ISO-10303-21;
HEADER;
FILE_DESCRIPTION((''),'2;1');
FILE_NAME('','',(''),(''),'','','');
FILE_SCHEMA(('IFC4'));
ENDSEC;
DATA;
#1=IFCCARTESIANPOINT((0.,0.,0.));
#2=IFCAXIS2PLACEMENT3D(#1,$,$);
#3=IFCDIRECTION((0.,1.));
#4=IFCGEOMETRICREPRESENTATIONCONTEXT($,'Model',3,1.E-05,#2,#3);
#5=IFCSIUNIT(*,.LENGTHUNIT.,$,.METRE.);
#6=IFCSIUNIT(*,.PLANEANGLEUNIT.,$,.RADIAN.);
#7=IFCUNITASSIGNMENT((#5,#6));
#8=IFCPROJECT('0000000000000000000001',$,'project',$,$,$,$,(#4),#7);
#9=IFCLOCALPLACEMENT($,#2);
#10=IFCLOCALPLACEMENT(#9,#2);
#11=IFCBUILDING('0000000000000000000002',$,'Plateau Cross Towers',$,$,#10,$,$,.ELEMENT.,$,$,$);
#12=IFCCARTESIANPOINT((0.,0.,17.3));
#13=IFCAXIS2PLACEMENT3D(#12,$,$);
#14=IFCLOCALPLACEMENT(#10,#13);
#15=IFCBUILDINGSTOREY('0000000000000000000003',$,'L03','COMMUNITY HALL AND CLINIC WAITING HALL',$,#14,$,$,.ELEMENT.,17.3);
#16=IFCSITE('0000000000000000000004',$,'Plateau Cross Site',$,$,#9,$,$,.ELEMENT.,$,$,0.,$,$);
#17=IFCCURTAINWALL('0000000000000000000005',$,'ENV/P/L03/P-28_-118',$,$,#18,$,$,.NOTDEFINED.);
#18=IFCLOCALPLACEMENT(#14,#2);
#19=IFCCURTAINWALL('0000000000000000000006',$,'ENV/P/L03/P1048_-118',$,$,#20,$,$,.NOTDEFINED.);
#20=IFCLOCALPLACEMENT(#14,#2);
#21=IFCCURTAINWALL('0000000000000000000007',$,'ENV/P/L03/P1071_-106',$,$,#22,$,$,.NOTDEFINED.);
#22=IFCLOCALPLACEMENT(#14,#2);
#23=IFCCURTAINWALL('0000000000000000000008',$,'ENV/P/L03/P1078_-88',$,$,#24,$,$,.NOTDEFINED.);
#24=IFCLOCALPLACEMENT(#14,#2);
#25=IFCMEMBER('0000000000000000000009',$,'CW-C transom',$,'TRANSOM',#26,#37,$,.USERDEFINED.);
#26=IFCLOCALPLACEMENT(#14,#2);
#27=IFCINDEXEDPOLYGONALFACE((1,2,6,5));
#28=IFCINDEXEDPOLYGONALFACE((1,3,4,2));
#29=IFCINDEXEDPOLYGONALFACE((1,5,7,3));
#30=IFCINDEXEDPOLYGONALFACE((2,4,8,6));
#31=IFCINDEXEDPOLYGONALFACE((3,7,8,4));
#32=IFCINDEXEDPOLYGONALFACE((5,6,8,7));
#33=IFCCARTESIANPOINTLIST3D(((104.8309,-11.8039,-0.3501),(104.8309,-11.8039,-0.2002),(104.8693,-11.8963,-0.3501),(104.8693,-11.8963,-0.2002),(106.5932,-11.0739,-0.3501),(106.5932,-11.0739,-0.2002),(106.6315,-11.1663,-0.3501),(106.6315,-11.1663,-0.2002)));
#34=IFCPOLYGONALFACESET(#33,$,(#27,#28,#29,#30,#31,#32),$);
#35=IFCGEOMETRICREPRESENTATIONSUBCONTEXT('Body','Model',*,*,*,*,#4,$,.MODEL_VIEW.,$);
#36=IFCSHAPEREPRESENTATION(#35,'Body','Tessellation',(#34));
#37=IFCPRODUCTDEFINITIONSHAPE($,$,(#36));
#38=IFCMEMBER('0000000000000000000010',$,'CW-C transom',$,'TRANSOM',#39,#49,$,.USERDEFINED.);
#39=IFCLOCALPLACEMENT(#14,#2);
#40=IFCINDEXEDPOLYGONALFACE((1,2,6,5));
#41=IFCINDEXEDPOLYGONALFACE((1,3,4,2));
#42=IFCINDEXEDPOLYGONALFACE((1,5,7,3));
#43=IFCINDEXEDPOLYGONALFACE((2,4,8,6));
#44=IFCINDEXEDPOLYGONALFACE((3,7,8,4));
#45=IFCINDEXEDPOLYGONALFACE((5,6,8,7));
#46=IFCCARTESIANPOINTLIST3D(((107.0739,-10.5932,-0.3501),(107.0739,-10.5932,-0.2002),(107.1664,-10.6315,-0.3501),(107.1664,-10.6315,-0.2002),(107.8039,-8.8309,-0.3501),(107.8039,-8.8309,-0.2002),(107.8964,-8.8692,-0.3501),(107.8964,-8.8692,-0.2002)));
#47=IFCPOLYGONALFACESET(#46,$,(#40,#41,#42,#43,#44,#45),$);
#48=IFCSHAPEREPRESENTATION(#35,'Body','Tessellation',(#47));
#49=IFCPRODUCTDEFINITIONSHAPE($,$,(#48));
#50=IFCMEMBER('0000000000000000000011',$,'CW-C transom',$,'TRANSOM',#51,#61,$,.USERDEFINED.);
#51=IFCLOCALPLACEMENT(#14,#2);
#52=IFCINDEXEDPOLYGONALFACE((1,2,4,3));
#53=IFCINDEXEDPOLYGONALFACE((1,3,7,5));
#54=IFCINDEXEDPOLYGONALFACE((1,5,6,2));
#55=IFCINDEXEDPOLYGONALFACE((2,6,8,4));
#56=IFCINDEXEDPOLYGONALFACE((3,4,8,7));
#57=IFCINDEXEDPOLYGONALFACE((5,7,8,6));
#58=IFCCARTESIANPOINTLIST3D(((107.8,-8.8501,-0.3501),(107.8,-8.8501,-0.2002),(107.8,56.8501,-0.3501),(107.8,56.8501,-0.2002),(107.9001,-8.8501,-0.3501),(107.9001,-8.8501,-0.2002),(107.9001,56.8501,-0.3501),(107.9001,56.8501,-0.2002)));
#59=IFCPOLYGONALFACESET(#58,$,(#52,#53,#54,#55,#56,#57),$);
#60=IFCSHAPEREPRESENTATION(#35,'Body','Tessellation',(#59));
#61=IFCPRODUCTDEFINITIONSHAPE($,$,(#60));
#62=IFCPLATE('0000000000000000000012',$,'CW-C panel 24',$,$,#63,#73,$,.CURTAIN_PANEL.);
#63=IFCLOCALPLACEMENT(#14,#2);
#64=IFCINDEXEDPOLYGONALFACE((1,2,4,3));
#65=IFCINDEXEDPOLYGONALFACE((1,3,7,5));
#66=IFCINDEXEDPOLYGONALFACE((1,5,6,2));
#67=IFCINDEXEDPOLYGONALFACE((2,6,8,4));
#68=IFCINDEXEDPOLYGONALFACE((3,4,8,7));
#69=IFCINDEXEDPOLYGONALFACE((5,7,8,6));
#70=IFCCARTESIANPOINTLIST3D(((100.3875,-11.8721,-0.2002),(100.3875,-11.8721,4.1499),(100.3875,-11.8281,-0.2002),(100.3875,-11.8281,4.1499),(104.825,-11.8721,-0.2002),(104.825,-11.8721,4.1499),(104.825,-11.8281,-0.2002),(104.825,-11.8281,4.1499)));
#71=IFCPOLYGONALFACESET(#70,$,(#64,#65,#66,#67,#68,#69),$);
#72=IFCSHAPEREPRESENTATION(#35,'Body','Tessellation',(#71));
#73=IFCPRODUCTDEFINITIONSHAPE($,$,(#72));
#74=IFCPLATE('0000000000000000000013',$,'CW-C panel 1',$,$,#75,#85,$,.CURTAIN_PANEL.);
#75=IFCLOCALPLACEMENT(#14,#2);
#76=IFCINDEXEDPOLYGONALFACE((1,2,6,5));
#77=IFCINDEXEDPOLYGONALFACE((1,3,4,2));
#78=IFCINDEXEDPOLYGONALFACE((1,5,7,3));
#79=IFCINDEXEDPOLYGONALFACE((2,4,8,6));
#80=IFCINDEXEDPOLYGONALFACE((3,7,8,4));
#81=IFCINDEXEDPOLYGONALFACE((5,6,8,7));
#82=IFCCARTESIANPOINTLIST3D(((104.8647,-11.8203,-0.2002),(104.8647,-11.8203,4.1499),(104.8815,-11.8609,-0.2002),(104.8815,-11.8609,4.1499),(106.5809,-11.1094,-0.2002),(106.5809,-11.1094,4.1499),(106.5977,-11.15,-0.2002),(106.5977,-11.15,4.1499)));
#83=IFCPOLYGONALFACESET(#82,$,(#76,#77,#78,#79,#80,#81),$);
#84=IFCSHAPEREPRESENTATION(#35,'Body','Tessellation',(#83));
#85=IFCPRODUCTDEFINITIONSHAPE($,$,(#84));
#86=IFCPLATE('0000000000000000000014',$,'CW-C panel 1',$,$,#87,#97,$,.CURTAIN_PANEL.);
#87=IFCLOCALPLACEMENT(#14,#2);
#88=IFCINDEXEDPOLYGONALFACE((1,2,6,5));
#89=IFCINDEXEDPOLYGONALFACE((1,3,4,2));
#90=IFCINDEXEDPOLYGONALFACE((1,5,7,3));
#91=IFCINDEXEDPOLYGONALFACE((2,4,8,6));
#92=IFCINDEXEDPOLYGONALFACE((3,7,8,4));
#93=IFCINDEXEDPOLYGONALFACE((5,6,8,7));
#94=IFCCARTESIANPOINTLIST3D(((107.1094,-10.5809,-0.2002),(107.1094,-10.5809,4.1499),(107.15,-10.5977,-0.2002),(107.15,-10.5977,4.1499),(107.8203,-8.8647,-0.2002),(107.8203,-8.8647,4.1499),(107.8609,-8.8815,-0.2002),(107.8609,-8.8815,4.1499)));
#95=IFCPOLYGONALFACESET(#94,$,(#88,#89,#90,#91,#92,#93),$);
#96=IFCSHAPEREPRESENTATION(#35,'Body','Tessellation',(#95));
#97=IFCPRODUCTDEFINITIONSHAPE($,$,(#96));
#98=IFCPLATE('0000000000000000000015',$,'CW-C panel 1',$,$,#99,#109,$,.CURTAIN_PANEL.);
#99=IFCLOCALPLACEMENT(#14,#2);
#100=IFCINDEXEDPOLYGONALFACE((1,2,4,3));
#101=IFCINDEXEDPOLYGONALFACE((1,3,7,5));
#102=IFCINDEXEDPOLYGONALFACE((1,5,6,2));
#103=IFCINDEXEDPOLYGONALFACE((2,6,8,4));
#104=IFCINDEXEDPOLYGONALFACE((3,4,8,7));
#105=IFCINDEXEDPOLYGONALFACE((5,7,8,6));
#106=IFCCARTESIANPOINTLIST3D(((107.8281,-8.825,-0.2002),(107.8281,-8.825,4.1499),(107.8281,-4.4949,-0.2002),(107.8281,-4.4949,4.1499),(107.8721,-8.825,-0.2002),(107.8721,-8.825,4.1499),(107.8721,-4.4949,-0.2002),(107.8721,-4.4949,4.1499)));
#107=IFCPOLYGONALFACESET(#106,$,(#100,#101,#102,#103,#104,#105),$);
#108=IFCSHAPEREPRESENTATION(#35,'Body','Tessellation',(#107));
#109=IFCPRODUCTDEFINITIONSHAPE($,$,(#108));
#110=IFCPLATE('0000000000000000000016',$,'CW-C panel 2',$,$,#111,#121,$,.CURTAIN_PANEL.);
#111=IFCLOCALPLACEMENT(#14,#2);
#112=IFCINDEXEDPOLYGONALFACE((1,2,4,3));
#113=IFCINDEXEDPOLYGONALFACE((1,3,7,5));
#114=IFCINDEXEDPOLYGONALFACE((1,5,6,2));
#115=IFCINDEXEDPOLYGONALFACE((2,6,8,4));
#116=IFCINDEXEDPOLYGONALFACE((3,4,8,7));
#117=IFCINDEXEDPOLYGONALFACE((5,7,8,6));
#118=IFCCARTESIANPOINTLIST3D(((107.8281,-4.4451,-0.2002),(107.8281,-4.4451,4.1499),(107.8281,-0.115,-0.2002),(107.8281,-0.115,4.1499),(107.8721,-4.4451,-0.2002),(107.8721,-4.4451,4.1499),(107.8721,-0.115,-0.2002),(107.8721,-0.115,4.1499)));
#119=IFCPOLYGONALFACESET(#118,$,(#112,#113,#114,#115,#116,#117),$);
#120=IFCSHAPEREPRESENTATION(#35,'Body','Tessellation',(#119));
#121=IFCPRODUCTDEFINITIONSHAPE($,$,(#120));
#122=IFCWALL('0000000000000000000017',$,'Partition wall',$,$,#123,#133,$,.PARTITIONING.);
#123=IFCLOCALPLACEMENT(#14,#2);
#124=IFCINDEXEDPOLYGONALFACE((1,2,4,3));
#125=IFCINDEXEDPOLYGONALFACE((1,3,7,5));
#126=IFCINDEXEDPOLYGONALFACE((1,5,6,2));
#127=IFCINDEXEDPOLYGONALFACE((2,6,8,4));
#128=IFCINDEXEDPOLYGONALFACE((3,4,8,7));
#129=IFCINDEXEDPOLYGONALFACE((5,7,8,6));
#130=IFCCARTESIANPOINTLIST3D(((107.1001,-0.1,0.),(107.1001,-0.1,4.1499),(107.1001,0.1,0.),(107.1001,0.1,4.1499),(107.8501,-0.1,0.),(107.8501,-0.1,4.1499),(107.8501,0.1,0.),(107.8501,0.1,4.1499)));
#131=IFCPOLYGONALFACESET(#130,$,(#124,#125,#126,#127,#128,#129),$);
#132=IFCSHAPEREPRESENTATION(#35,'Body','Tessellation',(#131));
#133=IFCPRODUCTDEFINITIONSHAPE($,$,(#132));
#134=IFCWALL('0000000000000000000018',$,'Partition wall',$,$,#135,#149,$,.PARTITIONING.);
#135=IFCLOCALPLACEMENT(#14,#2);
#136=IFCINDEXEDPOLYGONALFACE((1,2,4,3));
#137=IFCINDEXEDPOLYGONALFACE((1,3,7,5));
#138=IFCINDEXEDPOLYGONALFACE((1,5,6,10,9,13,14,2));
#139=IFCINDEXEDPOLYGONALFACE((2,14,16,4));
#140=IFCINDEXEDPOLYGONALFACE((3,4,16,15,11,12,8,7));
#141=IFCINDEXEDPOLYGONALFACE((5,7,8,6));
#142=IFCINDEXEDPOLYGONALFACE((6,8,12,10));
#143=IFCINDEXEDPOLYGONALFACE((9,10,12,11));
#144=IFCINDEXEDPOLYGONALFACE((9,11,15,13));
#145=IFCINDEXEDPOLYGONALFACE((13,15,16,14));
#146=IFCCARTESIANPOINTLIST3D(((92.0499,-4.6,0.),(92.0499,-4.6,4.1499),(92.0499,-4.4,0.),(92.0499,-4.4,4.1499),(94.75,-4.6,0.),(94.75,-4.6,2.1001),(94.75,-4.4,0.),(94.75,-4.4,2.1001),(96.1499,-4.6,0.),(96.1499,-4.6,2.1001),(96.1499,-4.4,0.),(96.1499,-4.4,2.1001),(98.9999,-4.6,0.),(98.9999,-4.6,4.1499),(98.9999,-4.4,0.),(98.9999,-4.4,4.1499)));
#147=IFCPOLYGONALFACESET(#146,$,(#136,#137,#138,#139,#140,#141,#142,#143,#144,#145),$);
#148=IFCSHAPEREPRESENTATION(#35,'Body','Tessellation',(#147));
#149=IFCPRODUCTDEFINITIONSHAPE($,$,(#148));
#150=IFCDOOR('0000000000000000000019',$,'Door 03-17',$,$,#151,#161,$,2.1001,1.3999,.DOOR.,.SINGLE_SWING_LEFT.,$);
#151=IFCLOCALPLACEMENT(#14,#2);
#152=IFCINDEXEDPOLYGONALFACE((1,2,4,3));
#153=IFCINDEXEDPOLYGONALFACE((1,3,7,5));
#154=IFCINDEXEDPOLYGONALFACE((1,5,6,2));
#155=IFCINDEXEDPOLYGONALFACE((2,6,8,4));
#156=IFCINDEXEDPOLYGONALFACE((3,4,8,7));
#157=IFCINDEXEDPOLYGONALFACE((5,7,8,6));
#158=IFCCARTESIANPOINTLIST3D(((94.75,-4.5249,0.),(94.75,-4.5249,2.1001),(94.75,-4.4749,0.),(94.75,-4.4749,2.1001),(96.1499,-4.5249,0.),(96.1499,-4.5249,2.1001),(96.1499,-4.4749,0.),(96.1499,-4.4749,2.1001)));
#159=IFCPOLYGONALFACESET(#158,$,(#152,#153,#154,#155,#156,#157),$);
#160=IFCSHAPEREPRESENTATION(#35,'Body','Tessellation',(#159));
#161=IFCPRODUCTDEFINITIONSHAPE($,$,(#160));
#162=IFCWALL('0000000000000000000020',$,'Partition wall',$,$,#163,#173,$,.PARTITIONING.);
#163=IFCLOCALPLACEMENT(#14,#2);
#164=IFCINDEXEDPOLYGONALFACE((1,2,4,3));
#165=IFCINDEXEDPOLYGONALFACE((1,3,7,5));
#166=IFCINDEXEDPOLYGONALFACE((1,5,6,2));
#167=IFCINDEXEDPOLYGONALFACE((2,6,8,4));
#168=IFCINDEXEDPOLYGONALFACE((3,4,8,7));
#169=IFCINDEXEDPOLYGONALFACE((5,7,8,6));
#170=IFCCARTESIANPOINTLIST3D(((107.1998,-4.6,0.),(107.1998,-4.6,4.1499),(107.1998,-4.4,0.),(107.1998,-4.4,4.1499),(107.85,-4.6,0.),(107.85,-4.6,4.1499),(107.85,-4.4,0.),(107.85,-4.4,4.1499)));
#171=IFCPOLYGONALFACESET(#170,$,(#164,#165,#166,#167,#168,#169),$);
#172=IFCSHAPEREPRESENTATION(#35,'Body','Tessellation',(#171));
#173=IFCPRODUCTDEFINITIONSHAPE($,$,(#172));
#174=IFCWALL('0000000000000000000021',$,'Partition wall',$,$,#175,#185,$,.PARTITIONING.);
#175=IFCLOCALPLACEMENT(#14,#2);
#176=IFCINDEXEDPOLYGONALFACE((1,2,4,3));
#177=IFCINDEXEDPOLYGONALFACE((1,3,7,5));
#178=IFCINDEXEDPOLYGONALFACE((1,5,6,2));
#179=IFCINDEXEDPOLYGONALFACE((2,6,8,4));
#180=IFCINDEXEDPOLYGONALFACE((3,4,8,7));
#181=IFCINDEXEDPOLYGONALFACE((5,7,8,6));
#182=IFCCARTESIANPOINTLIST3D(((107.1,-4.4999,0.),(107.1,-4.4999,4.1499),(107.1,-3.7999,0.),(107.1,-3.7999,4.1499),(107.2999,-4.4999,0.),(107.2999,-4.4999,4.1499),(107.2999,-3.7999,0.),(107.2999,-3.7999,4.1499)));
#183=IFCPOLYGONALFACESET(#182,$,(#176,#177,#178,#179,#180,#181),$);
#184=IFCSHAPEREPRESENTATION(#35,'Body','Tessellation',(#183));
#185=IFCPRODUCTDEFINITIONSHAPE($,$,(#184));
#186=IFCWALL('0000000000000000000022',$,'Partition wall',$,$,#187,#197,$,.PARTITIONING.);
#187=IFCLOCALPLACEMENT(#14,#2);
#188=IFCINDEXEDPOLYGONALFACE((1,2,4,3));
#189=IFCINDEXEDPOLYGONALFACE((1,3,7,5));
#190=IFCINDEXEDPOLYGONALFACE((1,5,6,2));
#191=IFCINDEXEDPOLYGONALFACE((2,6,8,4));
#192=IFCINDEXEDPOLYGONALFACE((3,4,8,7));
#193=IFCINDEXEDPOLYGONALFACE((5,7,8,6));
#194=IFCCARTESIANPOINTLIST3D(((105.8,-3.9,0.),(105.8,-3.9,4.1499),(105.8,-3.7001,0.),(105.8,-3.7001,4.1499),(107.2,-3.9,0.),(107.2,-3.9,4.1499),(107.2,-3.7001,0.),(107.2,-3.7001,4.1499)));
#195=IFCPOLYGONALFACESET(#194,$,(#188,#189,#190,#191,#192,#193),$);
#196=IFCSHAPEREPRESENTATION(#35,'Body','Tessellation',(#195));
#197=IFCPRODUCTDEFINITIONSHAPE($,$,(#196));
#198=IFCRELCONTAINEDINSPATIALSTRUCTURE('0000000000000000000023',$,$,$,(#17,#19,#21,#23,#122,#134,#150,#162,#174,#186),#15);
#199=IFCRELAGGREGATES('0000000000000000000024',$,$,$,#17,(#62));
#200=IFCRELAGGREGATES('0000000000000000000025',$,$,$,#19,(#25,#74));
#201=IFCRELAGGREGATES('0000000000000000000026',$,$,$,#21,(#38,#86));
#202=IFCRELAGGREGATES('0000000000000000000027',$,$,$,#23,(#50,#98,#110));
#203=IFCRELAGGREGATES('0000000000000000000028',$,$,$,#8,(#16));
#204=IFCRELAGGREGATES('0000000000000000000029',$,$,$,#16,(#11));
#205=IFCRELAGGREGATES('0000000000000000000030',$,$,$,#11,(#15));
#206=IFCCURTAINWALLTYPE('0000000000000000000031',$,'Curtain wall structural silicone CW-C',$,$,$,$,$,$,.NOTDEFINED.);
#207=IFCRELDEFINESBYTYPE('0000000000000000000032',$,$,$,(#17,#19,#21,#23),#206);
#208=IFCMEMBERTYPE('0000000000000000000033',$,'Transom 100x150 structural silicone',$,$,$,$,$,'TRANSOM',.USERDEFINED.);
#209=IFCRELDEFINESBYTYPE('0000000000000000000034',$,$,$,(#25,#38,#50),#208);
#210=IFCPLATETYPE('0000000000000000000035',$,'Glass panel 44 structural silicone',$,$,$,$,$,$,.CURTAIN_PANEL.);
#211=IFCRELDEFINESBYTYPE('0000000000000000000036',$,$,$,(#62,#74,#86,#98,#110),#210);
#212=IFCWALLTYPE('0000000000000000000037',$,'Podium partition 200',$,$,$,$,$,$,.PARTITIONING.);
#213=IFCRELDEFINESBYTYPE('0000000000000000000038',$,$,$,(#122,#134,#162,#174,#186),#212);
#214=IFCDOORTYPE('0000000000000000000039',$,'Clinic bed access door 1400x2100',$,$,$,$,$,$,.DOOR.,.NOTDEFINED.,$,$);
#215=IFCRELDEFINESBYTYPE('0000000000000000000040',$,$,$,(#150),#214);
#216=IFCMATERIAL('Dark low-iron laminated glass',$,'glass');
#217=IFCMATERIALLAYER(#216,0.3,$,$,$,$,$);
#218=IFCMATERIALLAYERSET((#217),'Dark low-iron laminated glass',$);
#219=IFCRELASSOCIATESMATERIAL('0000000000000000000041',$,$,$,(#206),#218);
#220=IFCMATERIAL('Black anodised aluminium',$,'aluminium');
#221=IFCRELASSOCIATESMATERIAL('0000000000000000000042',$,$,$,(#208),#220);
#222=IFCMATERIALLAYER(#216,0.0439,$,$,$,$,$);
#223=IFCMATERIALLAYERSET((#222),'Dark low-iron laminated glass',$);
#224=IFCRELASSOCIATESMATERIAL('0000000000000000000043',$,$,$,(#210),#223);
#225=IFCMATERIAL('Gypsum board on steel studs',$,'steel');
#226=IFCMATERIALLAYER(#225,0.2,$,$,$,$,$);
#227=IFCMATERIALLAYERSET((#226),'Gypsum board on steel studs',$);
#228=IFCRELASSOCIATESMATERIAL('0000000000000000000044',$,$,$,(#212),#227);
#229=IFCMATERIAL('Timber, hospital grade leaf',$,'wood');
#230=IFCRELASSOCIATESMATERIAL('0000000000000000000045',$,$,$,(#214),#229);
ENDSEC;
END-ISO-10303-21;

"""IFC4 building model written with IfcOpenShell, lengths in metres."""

from ifc_helpers import new_model, si_unit, direction, frame, frame_2d, origin, origin_2d, place, context, subcontext, project, spatial, rectangle, extrude, material, layer, layer_set, material_profile, profile_set, type_object, element, fill, aggregate, save


model = new_model("IFC4")

# Units and contexts
model_context = context("Model", 3, precision=1e-05, world=origin(), true_north=direction((0.0, 1.0)))
body_context = subcontext(model_context, "Body", "Model", "MODEL_VIEW")
ifc_project = project(units=[si_unit("LENGTHUNIT", "METRE"), si_unit("PLANEANGLEUNIT", "RADIAN")], contexts=[model_context])

# Site, building, storey
site_placement = place(None, origin())
site = spatial("IfcSite", under=ifc_project, at=site_placement, Name="Plateau Cross Site", CompositionType="ELEMENT", RefElevation=0.0)
building_placement = place(site_placement, origin())
building = spatial("IfcBuilding", under=site, at=building_placement, Name="Plateau Cross Towers", CompositionType="ELEMENT")
storey_placement = place(building_placement, frame((0.0, 0.0, 17.3)))
storey = spatial("IfcBuildingStorey", under=building, at=storey_placement, Name="L03", Description="COMMUNITY HALL AND CLINIC WAITING HALL", CompositionType="ELEMENT", Elevation=17.3)

# Curtain wall
ifc_material_1 = material(Name="Dark low-iron laminated glass", Category="glass")
ifc_layer_1 = layer(ifc_material_1, 0.3)
ifc_layer_set_1 = layer_set([ifc_layer_1], Name="Dark low-iron laminated glass")
curtain_wall_type = type_object("IfcCurtainWallType", Name="Curtain wall structural silicone CW-C", PredefinedType="NOTDEFINED", material=ifc_layer_set_1)
curtain_wall_1_placement = place(storey_placement, origin())
curtain_wall_1 = element("IfcCurtainWall", 1, at=curtain_wall_1_placement, inside=storey, type_object=curtain_wall_type, Name="ENV/P/L03/P-28_-118", PredefinedType="NOTDEFINED")
ifc_material_2 = material(Name="Black anodised aluminium", Category="aluminium")

# Curtain wall
curtain_wall_2_placement = place(storey_placement, origin())
curtain_wall_2 = element("IfcCurtainWall", 2, at=curtain_wall_2_placement, inside=storey, type_object=curtain_wall_type, Name="ENV/P/L03/P1048_-118", PredefinedType="NOTDEFINED")

# Curtain wall
curtain_wall_3_placement = place(storey_placement, origin())
curtain_wall_3 = element("IfcCurtainWall", 3, at=curtain_wall_3_placement, inside=storey, type_object=curtain_wall_type, Name="ENV/P/L03/P1071_-106", PredefinedType="NOTDEFINED")

# Curtain wall
curtain_wall_4_placement = place(storey_placement, origin())
curtain_wall_4 = element("IfcCurtainWall", 4, at=curtain_wall_4_placement, inside=storey, type_object=curtain_wall_type, Name="ENV/P/L03/P1078_-88", PredefinedType="NOTDEFINED")

# Members
ifc_material_profile_1 = material_profile(ifc_material_2, rectangle(XDim=0.1001, YDim=0.1499, at=origin_2d()), Name="TRANSOM 100x150")
ifc_profile_set_1 = profile_set([ifc_material_profile_1], Name="Black anodised aluminium")
member_type_1 = type_object("IfcMemberType", Name="Transom 100x150 structural silicone", ElementType="TRANSOM", PredefinedType="USERDEFINED", material=ifc_profile_set_1)
member_1_placement = place(storey_placement, frame((104.8501, -11.8501, -0.2751), z_axis=(0.92387, 0.382706, 0.0), x_axis=(-0.382706, 0.92387, 0.0)))
member_1 = element("IfcMember", 5, at=member_1_placement, type_object=member_type_1, Name="CW-C transom", ObjectType="TRANSOM", PredefinedType="USERDEFINED", context=body_context, shape_type="SweptSolid", body=[
    extrude(rectangle(XDim=0.1001, YDim=0.1499, at=origin_2d()), origin(), (0.0, 0.0, 1.0), 1.9075),
])
member_2_placement = place(storey_placement, frame((107.1201, -10.6123, -0.2751), z_axis=(0.382706, 0.92387, 0.0), x_axis=(-0.92387, 0.382706, 0.0)))
member_2 = element("IfcMember", 6, at=member_2_placement, type_object=member_type_1, Name="CW-C transom", ObjectType="TRANSOM", PredefinedType="USERDEFINED", context=body_context, shape_type="SweptSolid", body=[
    extrude(rectangle(XDim=0.1001, YDim=0.1499, at=origin_2d()), origin(), (0.0, 0.0, 1.0), 1.9075),
])
member_3_placement = place(storey_placement, frame((107.8501, -8.8501, -0.2751), z_axis=(0.0, 1.0, 0.0), x_axis=(-1.0, 0.0, 0.0)))
member_3 = element("IfcMember", 7, at=member_3_placement, type_object=member_type_1, Name="CW-C transom", ObjectType="TRANSOM", PredefinedType="USERDEFINED", context=body_context, shape_type="SweptSolid", body=[
    extrude(rectangle(XDim=0.1001, YDim=0.1499, at=origin_2d()), origin(), (0.0, 0.0, 1.0), 65.7002),
])

# Plates
ifc_layer_2 = layer(ifc_material_1, 0.0439)
ifc_layer_set_2 = layer_set([ifc_layer_2], Name="Dark low-iron laminated glass")
plate_type = type_object("IfcPlateType", Name="Glass panel 44 structural silicone", PredefinedType="CURTAIN_PANEL", material=ifc_layer_set_2)
plate_1_placement = place(storey_placement, frame((102.6062, -11.8501, -0.2002), z_axis=(0.0, 0.0, 1.0), x_axis=(1.0, 0.0, 0.0)))
plate_1 = element("IfcPlate", 8, at=plate_1_placement, type_object=plate_type, Name="CW-C panel 24", PredefinedType="CURTAIN_PANEL", context=body_context, shape_type="SweptSolid", body=[
    extrude(rectangle(XDim=4.4375, YDim=0.0439, at=origin_2d()), origin(), (0.0, 0.0, 1.0), 4.3501),
])
aggregate(curtain_wall_1, [plate_1])
plate_2_placement = place(storey_placement, frame((105.7312, -11.4851, -0.2002), z_axis=(0.0, 0.0, 1.0), x_axis=(0.923879, 0.382684, 0.0)))
plate_2 = element("IfcPlate", 9, at=plate_2_placement, type_object=plate_type, Name="CW-C panel 1", PredefinedType="CURTAIN_PANEL", context=body_context, shape_type="SweptSolid", body=[
    extrude(rectangle(XDim=1.8577, YDim=0.0439, at=origin_2d()), origin(), (0.0, 0.0, 1.0), 4.3501),
])
aggregate(curtain_wall_2, [member_1, plate_2])
plate_3_placement = place(storey_placement, frame((107.4851, -9.7312, -0.2002), z_axis=(0.0, 0.0, 1.0), x_axis=(0.382684, 0.923879, 0.0)))
plate_3 = element("IfcPlate", 10, at=plate_3_placement, type_object=plate_type, Name="CW-C panel 1", PredefinedType="CURTAIN_PANEL", context=body_context, shape_type="SweptSolid", body=[
    extrude(rectangle(XDim=1.8577, YDim=0.0439, at=origin_2d()), origin(), (0.0, 0.0, 1.0), 4.3501),
])
aggregate(curtain_wall_3, [member_2, plate_3])
plate_4_placement = place(storey_placement, frame((107.8501, -6.6599, -0.2002), z_axis=(0.0, 0.0, 1.0), x_axis=(0.0, 1.0, 0.0)))
plate_4 = element("IfcPlate", 11, at=plate_4_placement, type_object=plate_type, Name="CW-C panel 1", PredefinedType="CURTAIN_PANEL", context=body_context, shape_type="SweptSolid", body=[
    extrude(rectangle(XDim=4.3301, YDim=0.0439, at=origin_2d()), origin(), (0.0, 0.0, 1.0), 4.3501),
])
plate_5_placement = place(storey_placement, frame((107.8501, -2.28, -0.2002), z_axis=(0.0, 0.0, 1.0), x_axis=(0.0, 1.0, 0.0)))
plate_5 = element("IfcPlate", 12, at=plate_5_placement, type_object=plate_type, Name="CW-C panel 2", PredefinedType="CURTAIN_PANEL", context=body_context, shape_type="SweptSolid", body=[
    extrude(rectangle(XDim=4.3301, YDim=0.0439, at=origin_2d()), origin(), (0.0, 0.0, 1.0), 4.3501),
])
aggregate(curtain_wall_4, [member_3, plate_4, plate_5])

# Wall
ifc_material_3 = material(Name="Gypsum board on steel studs", Category="steel")
ifc_layer_3 = layer(ifc_material_3, 0.2)
ifc_layer_set_3 = layer_set([ifc_layer_3], Name="Gypsum board on steel studs")
wall_type = type_object("IfcWallType", Name="Podium partition 200", PredefinedType="PARTITIONING", material=ifc_layer_set_3)
wall_1_placement = place(storey_placement, frame((107.1001, 0.0, 0.0), z_axis=(0.0, 0.0, 1.0), x_axis=(1.0, 0.0, 0.0)))
element("IfcWall", 13, at=wall_1_placement, inside=storey, type_object=wall_type, Name="Partition wall", PredefinedType="PARTITIONING", context=body_context, shape_type="SweptSolid", body=[
    extrude(rectangle(XDim=0.75, YDim=0.2, at=frame_2d((0.375, 0.0))), origin(), (0.0, 0.0, 1.0), 4.1499),
])

# Wall, opening, door
wall_2_placement = place(storey_placement, frame((99.0, -4.5, 0.0), z_axis=(0.0, 0.0, 1.0), x_axis=(-1.0, 0.0, 0.0)))
wall_2 = element("IfcWall", 14, at=wall_2_placement, inside=storey, type_object=wall_type, Name="Partition wall", PredefinedType="PARTITIONING", context=body_context, shape_type="SweptSolid", body=[
    extrude(rectangle(XDim=6.95, YDim=0.2, at=frame_2d((3.4751, 0.0))), origin(), (0.0, 0.0, 1.0), 4.1499),
])
opening_1_placement = place(wall_2_placement, frame((2.8501, 0.0, 0.0)))
opening_1 = element("IfcOpeningElement", 15, at=opening_1_placement, cuts=wall_2, PredefinedType="OPENING", context=body_context, shape_type="SweptSolid", body=[
    extrude(rectangle(XDim=1.3999, YDim=2.1001, at=frame_2d((0.7, 1.05))), frame((0.0, 0.1099, 0.0), z_axis=(0.0, -1.0, 0.0), x_axis=(1.0, 0.0, 0.0)), (0.0, 0.0, 1.0), 0.22),
])
ifc_material_4 = material(Name="Timber, hospital grade leaf", Category="wood")
door_type_1 = type_object("IfcDoorType", Name="Clinic bed access door 1400x2100", OperationType="NOTDEFINED", PredefinedType="DOOR", material=ifc_material_4)
door_1_placement = place(opening_1_placement, origin())
door_1 = element("IfcDoor", 16, at=door_1_placement, inside=storey, type_object=door_type_1, Name="Door 03-17", OperationType="SINGLE_SWING_LEFT", OverallHeight=2.1001, OverallWidth=1.3999, PredefinedType="DOOR", context=body_context, shape_type="SweptSolid", body=[
    extrude(rectangle(XDim=1.3999, YDim=2.1001, at=frame_2d((0.7, 1.05))), frame((0.0, 0.0249, 0.0), z_axis=(0.0, -1.0, 0.0), x_axis=(1.0, 0.0, 0.0)), (0.0, 0.0, 1.0), 0.05),
])
fill(opening_1, door_1)

# Walls
wall_3_placement = place(storey_placement, frame((107.8501, -4.5, 0.0), z_axis=(0.0, 0.0, 1.0), x_axis=(-1.0, 0.0, 0.0)))
element("IfcWall", 17, at=wall_3_placement, inside=storey, type_object=wall_type, Name="Partition wall", PredefinedType="PARTITIONING", context=body_context, shape_type="SweptSolid", body=[
    extrude(rectangle(XDim=0.6501, YDim=0.2, at=frame_2d((0.3252, 0.0))), origin(), (0.0, 0.0, 1.0), 4.1499),
])
wall_4_placement = place(storey_placement, frame((107.2, -4.5, 0.0), z_axis=(0.0, 0.0, 1.0), x_axis=(0.0, 1.0, 0.0)))
element("IfcWall", 18, at=wall_4_placement, inside=storey, type_object=wall_type, Name="Partition wall", PredefinedType="PARTITIONING", context=body_context, shape_type="SweptSolid", body=[
    extrude(rectangle(XDim=0.7, YDim=0.2, at=frame_2d((0.3501, 0.0))), origin(), (0.0, 0.0, 1.0), 4.1499),
])
wall_5_placement = place(storey_placement, frame((107.2, -3.8, 0.0), z_axis=(0.0, 0.0, 1.0), x_axis=(-1.0, 0.0, 0.0)))
element("IfcWall", 19, at=wall_5_placement, inside=storey, type_object=wall_type, Name="Partition wall", PredefinedType="PARTITIONING", context=body_context, shape_type="SweptSolid", body=[
    extrude(rectangle(XDim=1.3999, YDim=0.2, at=frame_2d((0.7, 0.0))), origin(), (0.0, 0.0, 1.0), 4.1499),
])

save(model, "model.ifc")
